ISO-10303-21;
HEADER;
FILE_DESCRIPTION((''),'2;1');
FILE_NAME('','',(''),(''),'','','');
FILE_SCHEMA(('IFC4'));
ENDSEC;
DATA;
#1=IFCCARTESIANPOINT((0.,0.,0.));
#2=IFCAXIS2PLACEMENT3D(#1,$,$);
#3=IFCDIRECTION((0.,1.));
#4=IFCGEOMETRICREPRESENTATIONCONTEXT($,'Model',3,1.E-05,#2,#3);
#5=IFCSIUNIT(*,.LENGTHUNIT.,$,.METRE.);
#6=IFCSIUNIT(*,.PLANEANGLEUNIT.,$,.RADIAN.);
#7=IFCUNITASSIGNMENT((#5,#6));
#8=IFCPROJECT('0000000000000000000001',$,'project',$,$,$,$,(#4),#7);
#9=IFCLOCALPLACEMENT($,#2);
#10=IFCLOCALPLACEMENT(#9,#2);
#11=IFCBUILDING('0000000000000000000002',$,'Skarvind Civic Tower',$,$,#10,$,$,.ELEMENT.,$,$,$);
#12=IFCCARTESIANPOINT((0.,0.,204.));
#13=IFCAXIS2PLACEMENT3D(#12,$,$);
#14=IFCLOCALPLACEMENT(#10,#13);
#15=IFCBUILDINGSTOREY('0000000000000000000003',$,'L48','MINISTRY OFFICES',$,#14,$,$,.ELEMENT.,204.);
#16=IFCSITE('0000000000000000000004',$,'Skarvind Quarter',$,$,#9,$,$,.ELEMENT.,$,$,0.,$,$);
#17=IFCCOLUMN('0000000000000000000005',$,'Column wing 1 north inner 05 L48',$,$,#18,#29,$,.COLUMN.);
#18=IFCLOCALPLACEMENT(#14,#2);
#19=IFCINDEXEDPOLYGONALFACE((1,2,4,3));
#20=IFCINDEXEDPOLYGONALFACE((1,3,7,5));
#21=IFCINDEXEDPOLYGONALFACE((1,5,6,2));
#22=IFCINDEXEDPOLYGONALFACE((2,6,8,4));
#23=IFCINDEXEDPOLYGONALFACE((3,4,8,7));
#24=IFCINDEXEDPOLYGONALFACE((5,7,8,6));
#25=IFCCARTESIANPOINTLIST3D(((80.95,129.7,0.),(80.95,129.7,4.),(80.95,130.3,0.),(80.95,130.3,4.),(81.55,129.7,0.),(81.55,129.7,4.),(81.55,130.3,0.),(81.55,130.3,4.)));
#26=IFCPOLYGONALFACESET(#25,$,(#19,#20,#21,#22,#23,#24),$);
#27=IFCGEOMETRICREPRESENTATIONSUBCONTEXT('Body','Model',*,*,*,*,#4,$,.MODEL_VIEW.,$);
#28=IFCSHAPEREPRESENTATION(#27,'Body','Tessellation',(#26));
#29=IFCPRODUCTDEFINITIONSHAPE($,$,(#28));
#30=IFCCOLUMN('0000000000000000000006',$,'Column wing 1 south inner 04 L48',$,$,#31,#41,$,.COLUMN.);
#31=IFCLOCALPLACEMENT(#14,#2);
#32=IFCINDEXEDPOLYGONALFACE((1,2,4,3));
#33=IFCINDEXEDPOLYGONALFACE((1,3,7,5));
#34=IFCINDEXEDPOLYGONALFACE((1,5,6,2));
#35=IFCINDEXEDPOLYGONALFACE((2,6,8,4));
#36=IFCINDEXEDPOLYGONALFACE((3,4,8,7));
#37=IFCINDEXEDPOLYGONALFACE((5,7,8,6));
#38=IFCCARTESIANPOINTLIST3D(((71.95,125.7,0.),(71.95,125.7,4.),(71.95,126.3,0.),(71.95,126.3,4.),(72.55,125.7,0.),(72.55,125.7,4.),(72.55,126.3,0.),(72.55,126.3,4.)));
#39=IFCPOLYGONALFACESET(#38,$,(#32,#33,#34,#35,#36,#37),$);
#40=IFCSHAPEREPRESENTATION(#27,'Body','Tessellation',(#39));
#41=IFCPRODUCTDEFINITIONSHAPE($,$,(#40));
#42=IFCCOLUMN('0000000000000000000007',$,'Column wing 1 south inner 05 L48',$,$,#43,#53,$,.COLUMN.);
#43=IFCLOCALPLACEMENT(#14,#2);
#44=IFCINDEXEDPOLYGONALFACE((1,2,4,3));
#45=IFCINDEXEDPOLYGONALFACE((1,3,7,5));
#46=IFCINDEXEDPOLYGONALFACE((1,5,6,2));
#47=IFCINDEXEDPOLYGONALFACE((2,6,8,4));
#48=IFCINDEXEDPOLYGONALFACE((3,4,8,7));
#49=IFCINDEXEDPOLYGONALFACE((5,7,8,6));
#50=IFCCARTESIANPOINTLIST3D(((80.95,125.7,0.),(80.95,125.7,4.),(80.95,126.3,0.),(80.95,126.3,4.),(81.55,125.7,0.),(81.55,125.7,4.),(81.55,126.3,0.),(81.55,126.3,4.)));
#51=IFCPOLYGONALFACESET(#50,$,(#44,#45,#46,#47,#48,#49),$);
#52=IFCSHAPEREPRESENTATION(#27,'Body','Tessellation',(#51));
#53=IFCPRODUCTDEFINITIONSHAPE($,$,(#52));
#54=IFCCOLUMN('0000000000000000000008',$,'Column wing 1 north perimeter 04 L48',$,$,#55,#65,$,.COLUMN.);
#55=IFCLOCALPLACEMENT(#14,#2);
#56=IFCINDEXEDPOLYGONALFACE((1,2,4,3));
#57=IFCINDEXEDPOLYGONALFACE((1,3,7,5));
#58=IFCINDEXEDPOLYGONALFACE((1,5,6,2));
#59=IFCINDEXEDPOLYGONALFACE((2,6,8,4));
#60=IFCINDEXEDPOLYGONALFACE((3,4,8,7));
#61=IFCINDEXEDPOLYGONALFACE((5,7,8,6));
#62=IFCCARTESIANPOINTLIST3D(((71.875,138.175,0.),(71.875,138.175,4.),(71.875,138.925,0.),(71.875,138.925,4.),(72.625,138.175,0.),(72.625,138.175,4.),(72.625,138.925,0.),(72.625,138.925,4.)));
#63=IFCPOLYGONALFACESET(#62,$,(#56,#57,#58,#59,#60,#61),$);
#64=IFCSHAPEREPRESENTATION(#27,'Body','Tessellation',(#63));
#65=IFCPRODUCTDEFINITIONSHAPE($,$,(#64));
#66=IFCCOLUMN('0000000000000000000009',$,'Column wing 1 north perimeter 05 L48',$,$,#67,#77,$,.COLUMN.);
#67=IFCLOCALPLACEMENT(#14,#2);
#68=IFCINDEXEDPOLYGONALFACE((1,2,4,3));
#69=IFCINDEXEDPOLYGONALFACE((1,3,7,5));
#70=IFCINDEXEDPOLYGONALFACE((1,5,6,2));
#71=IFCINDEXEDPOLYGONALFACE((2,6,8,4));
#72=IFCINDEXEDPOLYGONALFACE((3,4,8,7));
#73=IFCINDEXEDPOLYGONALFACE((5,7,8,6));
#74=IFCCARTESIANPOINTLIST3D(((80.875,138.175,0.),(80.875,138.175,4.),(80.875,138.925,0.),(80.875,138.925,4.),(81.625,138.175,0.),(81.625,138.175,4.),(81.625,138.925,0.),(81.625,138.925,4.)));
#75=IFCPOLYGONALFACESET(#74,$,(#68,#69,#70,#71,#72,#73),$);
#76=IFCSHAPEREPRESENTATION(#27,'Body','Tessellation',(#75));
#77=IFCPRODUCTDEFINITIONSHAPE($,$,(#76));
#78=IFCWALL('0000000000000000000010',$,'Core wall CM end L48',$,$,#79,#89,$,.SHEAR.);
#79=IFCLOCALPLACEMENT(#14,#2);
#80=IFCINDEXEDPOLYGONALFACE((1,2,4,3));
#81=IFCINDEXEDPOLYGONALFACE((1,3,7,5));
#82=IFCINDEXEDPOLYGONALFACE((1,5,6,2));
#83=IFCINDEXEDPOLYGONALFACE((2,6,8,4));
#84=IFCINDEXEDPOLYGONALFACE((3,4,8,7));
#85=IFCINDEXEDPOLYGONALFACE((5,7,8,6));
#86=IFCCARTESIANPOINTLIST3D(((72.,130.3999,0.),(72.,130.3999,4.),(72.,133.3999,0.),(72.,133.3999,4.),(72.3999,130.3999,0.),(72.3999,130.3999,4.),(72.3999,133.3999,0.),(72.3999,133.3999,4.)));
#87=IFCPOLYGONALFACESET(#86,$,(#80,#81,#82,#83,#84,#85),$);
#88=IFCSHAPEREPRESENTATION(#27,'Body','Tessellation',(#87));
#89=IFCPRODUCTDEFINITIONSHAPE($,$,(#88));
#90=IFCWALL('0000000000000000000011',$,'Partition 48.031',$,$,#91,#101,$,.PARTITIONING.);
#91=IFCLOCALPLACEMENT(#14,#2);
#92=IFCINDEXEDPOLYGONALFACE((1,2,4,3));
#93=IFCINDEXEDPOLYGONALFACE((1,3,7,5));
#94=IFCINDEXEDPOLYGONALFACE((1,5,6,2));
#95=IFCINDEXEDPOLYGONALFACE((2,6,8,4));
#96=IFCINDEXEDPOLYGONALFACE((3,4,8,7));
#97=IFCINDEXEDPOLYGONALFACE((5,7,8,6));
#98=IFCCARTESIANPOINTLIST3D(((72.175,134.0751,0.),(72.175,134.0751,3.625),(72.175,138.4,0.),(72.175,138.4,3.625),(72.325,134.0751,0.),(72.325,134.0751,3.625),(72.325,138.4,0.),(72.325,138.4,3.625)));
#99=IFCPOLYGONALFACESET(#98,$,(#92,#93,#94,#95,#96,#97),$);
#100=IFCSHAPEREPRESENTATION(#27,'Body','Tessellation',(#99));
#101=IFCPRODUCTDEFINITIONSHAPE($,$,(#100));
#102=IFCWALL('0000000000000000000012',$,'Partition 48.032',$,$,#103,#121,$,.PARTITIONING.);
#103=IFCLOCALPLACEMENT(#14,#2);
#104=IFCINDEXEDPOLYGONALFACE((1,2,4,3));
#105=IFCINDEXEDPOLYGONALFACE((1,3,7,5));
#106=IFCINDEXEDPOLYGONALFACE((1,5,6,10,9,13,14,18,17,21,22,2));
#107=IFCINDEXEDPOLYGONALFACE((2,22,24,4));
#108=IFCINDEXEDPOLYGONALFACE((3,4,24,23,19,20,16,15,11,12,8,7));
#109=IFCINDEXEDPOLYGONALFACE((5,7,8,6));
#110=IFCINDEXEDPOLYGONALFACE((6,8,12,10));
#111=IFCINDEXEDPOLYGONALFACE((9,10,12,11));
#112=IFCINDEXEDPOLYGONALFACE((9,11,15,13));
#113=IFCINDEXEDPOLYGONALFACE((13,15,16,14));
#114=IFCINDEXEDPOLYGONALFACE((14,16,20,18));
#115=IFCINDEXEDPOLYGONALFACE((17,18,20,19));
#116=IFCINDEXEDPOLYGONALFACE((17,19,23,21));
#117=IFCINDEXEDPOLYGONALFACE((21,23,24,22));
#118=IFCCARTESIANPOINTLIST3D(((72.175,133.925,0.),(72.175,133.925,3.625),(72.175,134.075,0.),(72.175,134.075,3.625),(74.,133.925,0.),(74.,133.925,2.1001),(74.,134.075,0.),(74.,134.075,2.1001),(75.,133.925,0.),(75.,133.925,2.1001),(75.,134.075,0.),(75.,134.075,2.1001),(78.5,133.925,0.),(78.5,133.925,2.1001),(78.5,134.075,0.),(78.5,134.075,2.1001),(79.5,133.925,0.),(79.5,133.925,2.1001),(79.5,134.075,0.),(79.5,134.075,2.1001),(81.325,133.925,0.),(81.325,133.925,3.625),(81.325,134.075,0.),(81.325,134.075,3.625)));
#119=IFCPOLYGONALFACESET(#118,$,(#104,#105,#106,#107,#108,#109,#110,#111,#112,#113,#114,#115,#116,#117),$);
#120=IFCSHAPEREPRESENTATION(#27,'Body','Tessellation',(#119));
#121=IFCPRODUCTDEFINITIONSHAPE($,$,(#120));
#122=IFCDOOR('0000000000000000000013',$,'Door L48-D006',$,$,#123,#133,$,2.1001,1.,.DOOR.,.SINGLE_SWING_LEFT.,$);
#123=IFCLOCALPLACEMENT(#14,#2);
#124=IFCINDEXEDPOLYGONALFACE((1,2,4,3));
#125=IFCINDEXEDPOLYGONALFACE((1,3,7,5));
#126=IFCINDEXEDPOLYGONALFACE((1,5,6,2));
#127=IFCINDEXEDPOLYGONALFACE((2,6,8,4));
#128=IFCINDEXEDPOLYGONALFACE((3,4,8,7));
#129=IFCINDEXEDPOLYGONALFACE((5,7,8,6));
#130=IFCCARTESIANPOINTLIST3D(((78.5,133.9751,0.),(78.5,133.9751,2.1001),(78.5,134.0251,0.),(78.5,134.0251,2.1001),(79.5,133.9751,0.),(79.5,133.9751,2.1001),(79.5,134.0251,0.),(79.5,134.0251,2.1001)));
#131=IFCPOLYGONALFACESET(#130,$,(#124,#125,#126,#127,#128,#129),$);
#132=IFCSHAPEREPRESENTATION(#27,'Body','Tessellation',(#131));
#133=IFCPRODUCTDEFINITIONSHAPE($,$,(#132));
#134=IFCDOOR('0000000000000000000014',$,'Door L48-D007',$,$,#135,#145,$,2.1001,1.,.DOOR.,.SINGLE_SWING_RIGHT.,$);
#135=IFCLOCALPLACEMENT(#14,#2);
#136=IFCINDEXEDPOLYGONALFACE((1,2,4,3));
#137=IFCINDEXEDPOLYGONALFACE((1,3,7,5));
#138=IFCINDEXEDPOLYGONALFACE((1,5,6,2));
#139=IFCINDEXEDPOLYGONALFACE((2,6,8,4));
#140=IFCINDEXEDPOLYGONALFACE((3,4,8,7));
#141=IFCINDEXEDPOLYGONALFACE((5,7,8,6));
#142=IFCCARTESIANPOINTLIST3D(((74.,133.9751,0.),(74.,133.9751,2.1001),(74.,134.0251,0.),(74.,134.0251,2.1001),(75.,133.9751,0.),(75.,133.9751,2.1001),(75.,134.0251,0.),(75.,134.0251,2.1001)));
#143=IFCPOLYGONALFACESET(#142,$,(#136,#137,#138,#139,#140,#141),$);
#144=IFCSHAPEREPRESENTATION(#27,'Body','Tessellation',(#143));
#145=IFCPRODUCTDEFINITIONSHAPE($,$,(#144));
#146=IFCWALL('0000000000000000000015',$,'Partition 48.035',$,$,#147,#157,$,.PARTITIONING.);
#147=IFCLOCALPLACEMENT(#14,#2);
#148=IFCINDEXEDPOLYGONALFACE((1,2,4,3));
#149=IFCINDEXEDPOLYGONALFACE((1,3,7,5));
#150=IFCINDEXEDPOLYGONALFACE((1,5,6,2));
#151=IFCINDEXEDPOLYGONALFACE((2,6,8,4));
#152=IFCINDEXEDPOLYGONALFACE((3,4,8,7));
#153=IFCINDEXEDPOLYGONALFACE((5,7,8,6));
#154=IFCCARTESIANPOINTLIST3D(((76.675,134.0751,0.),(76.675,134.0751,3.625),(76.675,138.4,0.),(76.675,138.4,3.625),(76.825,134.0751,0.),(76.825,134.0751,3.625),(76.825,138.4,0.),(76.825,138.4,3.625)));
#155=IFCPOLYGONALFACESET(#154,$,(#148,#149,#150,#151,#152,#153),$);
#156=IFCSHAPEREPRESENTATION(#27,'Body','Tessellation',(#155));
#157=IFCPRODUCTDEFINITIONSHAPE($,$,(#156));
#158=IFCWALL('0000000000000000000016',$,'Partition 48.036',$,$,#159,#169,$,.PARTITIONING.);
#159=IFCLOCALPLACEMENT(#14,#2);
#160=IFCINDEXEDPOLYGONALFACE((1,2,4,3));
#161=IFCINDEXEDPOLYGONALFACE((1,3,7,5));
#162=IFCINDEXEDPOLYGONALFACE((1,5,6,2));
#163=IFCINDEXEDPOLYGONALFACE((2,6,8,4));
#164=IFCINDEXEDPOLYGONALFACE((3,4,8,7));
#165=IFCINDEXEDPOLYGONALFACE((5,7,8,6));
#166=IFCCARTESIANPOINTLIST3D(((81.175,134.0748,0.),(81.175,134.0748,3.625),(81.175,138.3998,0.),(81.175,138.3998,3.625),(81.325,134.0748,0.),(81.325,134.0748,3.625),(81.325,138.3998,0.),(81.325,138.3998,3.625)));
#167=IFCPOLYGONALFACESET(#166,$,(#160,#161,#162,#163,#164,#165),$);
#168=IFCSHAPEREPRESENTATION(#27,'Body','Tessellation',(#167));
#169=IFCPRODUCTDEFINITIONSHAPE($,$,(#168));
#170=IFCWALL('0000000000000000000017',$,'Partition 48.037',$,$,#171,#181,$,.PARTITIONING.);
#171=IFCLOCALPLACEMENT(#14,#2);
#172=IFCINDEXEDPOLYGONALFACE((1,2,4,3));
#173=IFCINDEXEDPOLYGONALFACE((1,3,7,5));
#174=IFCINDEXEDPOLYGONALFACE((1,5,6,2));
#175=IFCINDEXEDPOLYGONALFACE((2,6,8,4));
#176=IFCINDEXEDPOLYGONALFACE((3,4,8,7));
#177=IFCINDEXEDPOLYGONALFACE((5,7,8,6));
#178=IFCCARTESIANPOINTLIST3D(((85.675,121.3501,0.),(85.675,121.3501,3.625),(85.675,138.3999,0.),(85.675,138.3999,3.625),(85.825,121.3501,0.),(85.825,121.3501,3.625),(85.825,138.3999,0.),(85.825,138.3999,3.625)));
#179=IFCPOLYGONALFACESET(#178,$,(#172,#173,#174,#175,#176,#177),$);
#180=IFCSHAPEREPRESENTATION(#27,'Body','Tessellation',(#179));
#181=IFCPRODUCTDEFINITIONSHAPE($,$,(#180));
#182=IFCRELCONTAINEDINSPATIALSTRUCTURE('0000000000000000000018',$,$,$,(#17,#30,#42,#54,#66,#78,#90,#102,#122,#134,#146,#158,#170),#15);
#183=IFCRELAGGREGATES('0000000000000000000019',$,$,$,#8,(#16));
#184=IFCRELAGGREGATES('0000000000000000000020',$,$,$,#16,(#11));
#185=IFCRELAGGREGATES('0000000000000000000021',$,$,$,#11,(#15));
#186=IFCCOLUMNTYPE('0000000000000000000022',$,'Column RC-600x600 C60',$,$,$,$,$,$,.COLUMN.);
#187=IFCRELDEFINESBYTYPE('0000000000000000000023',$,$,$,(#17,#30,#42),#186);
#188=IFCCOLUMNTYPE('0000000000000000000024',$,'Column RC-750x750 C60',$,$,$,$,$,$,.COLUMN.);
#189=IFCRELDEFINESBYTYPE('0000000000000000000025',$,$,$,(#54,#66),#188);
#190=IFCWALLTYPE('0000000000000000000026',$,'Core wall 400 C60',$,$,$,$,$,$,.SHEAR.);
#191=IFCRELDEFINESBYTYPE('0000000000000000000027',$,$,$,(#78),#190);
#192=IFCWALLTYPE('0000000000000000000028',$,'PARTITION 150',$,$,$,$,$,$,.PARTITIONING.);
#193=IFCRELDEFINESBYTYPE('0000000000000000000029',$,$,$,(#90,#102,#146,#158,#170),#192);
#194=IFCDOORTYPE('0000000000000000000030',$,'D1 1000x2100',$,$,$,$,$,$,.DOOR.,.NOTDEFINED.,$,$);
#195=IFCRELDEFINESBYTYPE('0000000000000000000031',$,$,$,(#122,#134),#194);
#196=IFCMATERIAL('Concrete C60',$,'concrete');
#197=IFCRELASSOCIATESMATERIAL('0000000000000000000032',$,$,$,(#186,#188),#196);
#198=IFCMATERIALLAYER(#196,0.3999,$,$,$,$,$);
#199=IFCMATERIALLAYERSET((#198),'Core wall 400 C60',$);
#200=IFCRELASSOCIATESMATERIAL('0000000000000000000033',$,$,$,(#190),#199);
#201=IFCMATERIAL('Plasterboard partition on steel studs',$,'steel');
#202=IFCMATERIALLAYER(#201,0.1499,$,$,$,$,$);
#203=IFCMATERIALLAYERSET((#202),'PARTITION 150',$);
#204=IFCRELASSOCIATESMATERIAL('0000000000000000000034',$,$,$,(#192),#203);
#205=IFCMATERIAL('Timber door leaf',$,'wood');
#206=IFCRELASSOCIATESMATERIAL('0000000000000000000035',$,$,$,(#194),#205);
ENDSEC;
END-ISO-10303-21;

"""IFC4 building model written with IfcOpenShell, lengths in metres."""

from ifc_helpers import new_model, si_unit, direction, frame, frame_2d, origin, origin_2d, place, context, subcontext, project, spatial, rectangle, extrude, material, layer, layer_set, material_profile, profile_set, type_object, element, fill, save


model = new_model("IFC4")

# Units and contexts
model_context = context("Model", 3, precision=1e-05, world=origin(), true_north=direction((0.0, 1.0)))
body_context = subcontext(model_context, "Body", "Model", "MODEL_VIEW")
ifc_project = project(units=[si_unit("LENGTHUNIT", "METRE"), si_unit("PLANEANGLEUNIT", "RADIAN")], contexts=[model_context])

# Site, building, storey
site_placement = place(None, origin())
site = spatial("IfcSite", under=ifc_project, at=site_placement, Name="Skarvind Quarter", CompositionType="ELEMENT", RefElevation=0.0)
building_placement = place(site_placement, origin())
building = spatial("IfcBuilding", under=site, at=building_placement, Name="Skarvind Civic Tower", CompositionType="ELEMENT")
storey_placement = place(building_placement, frame((0.0, 0.0, 204.0)))
storey = spatial("IfcBuildingStorey", under=building, at=storey_placement, Name="L48", Description="MINISTRY OFFICES", CompositionType="ELEMENT", Elevation=204.0)

# Columns
ifc_material_1 = material(Name="Concrete C60", Category="concrete")
ifc_material_profile_1 = material_profile(ifc_material_1, rectangle(XDim=0.6001, YDim=0.6001, at=origin_2d()), Name="RC-600x600")
ifc_profile_set_1 = profile_set([ifc_material_profile_1], Name="Concrete C60")
column_type_1 = type_object("IfcColumnType", Name="Column RC-600x600 C60", PredefinedType="COLUMN", material=ifc_profile_set_1)
for number, where, z_axis, x_axis, name in (
    (1, (81.25, 130.0, 0.0), (0.0, 0.0, 1.0), (1.0, 0.0, 0.0), "Column wing 1 north inner 05 L48"),
    (2, (72.25, 126.0, 0.0), (0.0, 0.0, 1.0), (1.0, 0.0, 0.0), "Column wing 1 south inner 04 L48"),
    (3, (81.25, 126.0, 0.0), (0.0, 0.0, 1.0), (1.0, 0.0, 0.0), "Column wing 1 south inner 05 L48"),
):
    element("IfcColumn", number, at=place(storey_placement, frame(where, z_axis=z_axis, x_axis=x_axis)), inside=storey, type_object=column_type_1, Name=name, PredefinedType="COLUMN", context=body_context, shape_type="SweptSolid", body=[
        extrude(rectangle(XDim=0.6001, YDim=0.6001, at=origin_2d()), origin(), (0.0, 0.0, 1.0), 4.0),
    ])
ifc_material_profile_2 = material_profile(ifc_material_1, rectangle(XDim=0.75, YDim=0.75, at=origin_2d()), Name="RC-750x750")
ifc_profile_set_2 = profile_set([ifc_material_profile_2], Name="Concrete C60")
column_type_2 = type_object("IfcColumnType", Name="Column RC-750x750 C60", PredefinedType="COLUMN", material=ifc_profile_set_2)
for number, where, z_axis, x_axis, name in (
    (4, (72.25, 138.55, 0.0), (0.0, 0.0, 1.0), (1.0, 0.0, 0.0), "Column wing 1 north perimeter 04 L48"),
    (5, (81.25, 138.55, 0.0), (0.0, 0.0, 1.0), (1.0, 0.0, 0.0), "Column wing 1 north perimeter 05 L48"),
):
    element("IfcColumn", number, at=place(storey_placement, frame(where, z_axis=z_axis, x_axis=x_axis)), inside=storey, type_object=column_type_2, Name=name, PredefinedType="COLUMN", context=body_context, shape_type="SweptSolid", body=[
        extrude(rectangle(XDim=0.75, YDim=0.75, at=origin_2d()), origin(), (0.0, 0.0, 1.0), 4.0),
    ])

# Walls
ifc_layer_1 = layer(ifc_material_1, 0.3999)
ifc_layer_set_1 = layer_set([ifc_layer_1], Name="Core wall 400 C60")
wall_type_1 = type_object("IfcWallType", Name="Core wall 400 C60", PredefinedType="SHEAR", material=ifc_layer_set_1)
wall_1_placement = place(storey_placement, frame((72.2, 130.3999, 0.0), z_axis=(0.0, 0.0, 1.0), x_axis=(0.0, 1.0, 0.0)))
element("IfcWall", 6, at=wall_1_placement, inside=storey, type_object=wall_type_1, Name="Core wall CM end L48", PredefinedType="SHEAR", context=body_context, shape_type="SweptSolid", body=[
    extrude(rectangle(XDim=3.0, YDim=0.3999, at=frame_2d((1.5, 0.0))), origin(), (0.0, 0.0, 1.0), 4.0),
])
ifc_material_2 = material(Name="Plasterboard partition on steel studs", Category="steel")
ifc_layer_2 = layer(ifc_material_2, 0.1499)
ifc_layer_set_2 = layer_set([ifc_layer_2], Name="PARTITION 150")
wall_type_2 = type_object("IfcWallType", Name="PARTITION 150", PredefinedType="PARTITIONING", material=ifc_layer_set_2)
wall_2_placement = place(storey_placement, frame((72.25, 134.075, 0.0), z_axis=(0.0, 0.0, 1.0), x_axis=(0.0, 1.0, 0.0)))
element("IfcWall", 7, at=wall_2_placement, inside=storey, type_object=wall_type_2, Name="Partition 48.031", PredefinedType="PARTITIONING", context=body_context, shape_type="SweptSolid", body=[
    extrude(rectangle(XDim=4.325, YDim=0.1499, at=frame_2d((2.1626, 0.0))), origin(), (0.0, 0.0, 1.0), 3.625),
])

# Wall, openings, doors
wall_3_placement = place(storey_placement, frame((81.325, 134.0, 0.0), z_axis=(0.0, 0.0, 1.0), x_axis=(-1.0, 0.0, 0.0)))
wall_3 = element("IfcWall", 8, at=wall_3_placement, inside=storey, type_object=wall_type_2, Name="Partition 48.032", PredefinedType="PARTITIONING", context=body_context, shape_type="SweptSolid", body=[
    extrude(rectangle(XDim=9.1499, YDim=0.1499, at=frame_2d((4.575, 0.0))), origin(), (0.0, 0.0, 1.0), 3.625),
])
opening_1_placement = place(wall_3_placement, frame((1.825, 0.0, 0.0)))
opening_1 = element("IfcOpeningElement", 9, at=opening_1_placement, cuts=wall_3, PredefinedType="OPENING", context=body_context, shape_type="SweptSolid", body=[
    extrude(rectangle(XDim=1.0, YDim=2.1001, at=frame_2d((0.5, 1.05))), frame((0.0, 0.085, 0.0), z_axis=(0.0, -1.0, 0.0), x_axis=(1.0, 0.0, 0.0)), (0.0, 0.0, 1.0), 0.1699),
])
opening_2_placement = place(wall_3_placement, frame((6.325, 0.0, 0.0)))
opening_2 = element("IfcOpeningElement", 10, at=opening_2_placement, cuts=wall_3, PredefinedType="OPENING", context=body_context, shape_type="SweptSolid", body=[
    extrude(rectangle(XDim=1.0, YDim=2.1001, at=frame_2d((0.5, 1.05))), frame((0.0, 0.085, 0.0), z_axis=(0.0, -1.0, 0.0), x_axis=(1.0, 0.0, 0.0)), (0.0, 0.0, 1.0), 0.1699),
])
ifc_material_3 = material(Name="Timber door leaf", Category="wood")
door_type = type_object("IfcDoorType", Name="D1 1000x2100", OperationType="NOTDEFINED", PredefinedType="DOOR", material=ifc_material_3)
door_1_placement = place(opening_1_placement, origin())
door_1 = element("IfcDoor", 11, at=door_1_placement, inside=storey, type_object=door_type, Name="Door L48-D006", OperationType="SINGLE_SWING_LEFT", OverallHeight=2.1001, OverallWidth=1.0, PredefinedType="DOOR", context=body_context, shape_type="SweptSolid", body=[
    extrude(rectangle(XDim=1.0, YDim=2.1001, at=frame_2d((0.5, 1.05))), frame((0.0, 0.0249, 0.0), z_axis=(0.0, -1.0, 0.0), x_axis=(1.0, 0.0, 0.0)), (0.0, 0.0, 1.0), 0.05),
])
fill(opening_1, door_1)
door_2_placement = place(opening_2_placement, origin())
door_2 = element("IfcDoor", 12, at=door_2_placement, inside=storey, type_object=door_type, Name="Door L48-D007", OperationType="SINGLE_SWING_RIGHT", OverallHeight=2.1001, OverallWidth=1.0, PredefinedType="DOOR", context=body_context, shape_type="SweptSolid", body=[
    extrude(rectangle(XDim=1.0, YDim=2.1001, at=frame_2d((0.5, 1.05))), frame((0.0, 0.0249, 0.0), z_axis=(0.0, -1.0, 0.0), x_axis=(1.0, 0.0, 0.0)), (0.0, 0.0, 1.0), 0.05),
])
fill(opening_2, door_2)

# Walls
for number, where, z_axis, x_axis, name in (
    (13, (76.75, 134.075, 0.0), (0.0, 0.0, 1.0), (0.0, 1.0, 0.0), "Partition 48.035"),
    (14, (81.25, 138.3999, 0.0), (0.0, 0.0, 1.0), (0.0, -1.0, 0.0), "Partition 48.036"),
):
    element("IfcWall", number, at=place(storey_placement, frame(where, z_axis=z_axis, x_axis=x_axis)), inside=storey, type_object=wall_type_2, Name=name, PredefinedType="PARTITIONING", context=body_context, shape_type="SweptSolid", body=[
        extrude(rectangle(XDim=4.325, YDim=0.1499, at=frame_2d((2.1626, 0.0))), origin(), (0.0, 0.0, 1.0), 3.625),
    ])
wall_4_placement = place(storey_placement, frame((85.75, 121.3501, 0.0), z_axis=(0.0, 0.0, 1.0), x_axis=(0.0, 1.0, 0.0)))
element("IfcWall", 15, at=wall_4_placement, inside=storey, type_object=wall_type_2, Name="Partition 48.037", PredefinedType="PARTITIONING", context=body_context, shape_type="SweptSolid", body=[
    extrude(rectangle(XDim=17.0498, YDim=0.1499, at=frame_2d((8.5249, 0.0))), origin(), (0.0, 0.0, 1.0), 3.625),
])

save(model, "model.ifc")
